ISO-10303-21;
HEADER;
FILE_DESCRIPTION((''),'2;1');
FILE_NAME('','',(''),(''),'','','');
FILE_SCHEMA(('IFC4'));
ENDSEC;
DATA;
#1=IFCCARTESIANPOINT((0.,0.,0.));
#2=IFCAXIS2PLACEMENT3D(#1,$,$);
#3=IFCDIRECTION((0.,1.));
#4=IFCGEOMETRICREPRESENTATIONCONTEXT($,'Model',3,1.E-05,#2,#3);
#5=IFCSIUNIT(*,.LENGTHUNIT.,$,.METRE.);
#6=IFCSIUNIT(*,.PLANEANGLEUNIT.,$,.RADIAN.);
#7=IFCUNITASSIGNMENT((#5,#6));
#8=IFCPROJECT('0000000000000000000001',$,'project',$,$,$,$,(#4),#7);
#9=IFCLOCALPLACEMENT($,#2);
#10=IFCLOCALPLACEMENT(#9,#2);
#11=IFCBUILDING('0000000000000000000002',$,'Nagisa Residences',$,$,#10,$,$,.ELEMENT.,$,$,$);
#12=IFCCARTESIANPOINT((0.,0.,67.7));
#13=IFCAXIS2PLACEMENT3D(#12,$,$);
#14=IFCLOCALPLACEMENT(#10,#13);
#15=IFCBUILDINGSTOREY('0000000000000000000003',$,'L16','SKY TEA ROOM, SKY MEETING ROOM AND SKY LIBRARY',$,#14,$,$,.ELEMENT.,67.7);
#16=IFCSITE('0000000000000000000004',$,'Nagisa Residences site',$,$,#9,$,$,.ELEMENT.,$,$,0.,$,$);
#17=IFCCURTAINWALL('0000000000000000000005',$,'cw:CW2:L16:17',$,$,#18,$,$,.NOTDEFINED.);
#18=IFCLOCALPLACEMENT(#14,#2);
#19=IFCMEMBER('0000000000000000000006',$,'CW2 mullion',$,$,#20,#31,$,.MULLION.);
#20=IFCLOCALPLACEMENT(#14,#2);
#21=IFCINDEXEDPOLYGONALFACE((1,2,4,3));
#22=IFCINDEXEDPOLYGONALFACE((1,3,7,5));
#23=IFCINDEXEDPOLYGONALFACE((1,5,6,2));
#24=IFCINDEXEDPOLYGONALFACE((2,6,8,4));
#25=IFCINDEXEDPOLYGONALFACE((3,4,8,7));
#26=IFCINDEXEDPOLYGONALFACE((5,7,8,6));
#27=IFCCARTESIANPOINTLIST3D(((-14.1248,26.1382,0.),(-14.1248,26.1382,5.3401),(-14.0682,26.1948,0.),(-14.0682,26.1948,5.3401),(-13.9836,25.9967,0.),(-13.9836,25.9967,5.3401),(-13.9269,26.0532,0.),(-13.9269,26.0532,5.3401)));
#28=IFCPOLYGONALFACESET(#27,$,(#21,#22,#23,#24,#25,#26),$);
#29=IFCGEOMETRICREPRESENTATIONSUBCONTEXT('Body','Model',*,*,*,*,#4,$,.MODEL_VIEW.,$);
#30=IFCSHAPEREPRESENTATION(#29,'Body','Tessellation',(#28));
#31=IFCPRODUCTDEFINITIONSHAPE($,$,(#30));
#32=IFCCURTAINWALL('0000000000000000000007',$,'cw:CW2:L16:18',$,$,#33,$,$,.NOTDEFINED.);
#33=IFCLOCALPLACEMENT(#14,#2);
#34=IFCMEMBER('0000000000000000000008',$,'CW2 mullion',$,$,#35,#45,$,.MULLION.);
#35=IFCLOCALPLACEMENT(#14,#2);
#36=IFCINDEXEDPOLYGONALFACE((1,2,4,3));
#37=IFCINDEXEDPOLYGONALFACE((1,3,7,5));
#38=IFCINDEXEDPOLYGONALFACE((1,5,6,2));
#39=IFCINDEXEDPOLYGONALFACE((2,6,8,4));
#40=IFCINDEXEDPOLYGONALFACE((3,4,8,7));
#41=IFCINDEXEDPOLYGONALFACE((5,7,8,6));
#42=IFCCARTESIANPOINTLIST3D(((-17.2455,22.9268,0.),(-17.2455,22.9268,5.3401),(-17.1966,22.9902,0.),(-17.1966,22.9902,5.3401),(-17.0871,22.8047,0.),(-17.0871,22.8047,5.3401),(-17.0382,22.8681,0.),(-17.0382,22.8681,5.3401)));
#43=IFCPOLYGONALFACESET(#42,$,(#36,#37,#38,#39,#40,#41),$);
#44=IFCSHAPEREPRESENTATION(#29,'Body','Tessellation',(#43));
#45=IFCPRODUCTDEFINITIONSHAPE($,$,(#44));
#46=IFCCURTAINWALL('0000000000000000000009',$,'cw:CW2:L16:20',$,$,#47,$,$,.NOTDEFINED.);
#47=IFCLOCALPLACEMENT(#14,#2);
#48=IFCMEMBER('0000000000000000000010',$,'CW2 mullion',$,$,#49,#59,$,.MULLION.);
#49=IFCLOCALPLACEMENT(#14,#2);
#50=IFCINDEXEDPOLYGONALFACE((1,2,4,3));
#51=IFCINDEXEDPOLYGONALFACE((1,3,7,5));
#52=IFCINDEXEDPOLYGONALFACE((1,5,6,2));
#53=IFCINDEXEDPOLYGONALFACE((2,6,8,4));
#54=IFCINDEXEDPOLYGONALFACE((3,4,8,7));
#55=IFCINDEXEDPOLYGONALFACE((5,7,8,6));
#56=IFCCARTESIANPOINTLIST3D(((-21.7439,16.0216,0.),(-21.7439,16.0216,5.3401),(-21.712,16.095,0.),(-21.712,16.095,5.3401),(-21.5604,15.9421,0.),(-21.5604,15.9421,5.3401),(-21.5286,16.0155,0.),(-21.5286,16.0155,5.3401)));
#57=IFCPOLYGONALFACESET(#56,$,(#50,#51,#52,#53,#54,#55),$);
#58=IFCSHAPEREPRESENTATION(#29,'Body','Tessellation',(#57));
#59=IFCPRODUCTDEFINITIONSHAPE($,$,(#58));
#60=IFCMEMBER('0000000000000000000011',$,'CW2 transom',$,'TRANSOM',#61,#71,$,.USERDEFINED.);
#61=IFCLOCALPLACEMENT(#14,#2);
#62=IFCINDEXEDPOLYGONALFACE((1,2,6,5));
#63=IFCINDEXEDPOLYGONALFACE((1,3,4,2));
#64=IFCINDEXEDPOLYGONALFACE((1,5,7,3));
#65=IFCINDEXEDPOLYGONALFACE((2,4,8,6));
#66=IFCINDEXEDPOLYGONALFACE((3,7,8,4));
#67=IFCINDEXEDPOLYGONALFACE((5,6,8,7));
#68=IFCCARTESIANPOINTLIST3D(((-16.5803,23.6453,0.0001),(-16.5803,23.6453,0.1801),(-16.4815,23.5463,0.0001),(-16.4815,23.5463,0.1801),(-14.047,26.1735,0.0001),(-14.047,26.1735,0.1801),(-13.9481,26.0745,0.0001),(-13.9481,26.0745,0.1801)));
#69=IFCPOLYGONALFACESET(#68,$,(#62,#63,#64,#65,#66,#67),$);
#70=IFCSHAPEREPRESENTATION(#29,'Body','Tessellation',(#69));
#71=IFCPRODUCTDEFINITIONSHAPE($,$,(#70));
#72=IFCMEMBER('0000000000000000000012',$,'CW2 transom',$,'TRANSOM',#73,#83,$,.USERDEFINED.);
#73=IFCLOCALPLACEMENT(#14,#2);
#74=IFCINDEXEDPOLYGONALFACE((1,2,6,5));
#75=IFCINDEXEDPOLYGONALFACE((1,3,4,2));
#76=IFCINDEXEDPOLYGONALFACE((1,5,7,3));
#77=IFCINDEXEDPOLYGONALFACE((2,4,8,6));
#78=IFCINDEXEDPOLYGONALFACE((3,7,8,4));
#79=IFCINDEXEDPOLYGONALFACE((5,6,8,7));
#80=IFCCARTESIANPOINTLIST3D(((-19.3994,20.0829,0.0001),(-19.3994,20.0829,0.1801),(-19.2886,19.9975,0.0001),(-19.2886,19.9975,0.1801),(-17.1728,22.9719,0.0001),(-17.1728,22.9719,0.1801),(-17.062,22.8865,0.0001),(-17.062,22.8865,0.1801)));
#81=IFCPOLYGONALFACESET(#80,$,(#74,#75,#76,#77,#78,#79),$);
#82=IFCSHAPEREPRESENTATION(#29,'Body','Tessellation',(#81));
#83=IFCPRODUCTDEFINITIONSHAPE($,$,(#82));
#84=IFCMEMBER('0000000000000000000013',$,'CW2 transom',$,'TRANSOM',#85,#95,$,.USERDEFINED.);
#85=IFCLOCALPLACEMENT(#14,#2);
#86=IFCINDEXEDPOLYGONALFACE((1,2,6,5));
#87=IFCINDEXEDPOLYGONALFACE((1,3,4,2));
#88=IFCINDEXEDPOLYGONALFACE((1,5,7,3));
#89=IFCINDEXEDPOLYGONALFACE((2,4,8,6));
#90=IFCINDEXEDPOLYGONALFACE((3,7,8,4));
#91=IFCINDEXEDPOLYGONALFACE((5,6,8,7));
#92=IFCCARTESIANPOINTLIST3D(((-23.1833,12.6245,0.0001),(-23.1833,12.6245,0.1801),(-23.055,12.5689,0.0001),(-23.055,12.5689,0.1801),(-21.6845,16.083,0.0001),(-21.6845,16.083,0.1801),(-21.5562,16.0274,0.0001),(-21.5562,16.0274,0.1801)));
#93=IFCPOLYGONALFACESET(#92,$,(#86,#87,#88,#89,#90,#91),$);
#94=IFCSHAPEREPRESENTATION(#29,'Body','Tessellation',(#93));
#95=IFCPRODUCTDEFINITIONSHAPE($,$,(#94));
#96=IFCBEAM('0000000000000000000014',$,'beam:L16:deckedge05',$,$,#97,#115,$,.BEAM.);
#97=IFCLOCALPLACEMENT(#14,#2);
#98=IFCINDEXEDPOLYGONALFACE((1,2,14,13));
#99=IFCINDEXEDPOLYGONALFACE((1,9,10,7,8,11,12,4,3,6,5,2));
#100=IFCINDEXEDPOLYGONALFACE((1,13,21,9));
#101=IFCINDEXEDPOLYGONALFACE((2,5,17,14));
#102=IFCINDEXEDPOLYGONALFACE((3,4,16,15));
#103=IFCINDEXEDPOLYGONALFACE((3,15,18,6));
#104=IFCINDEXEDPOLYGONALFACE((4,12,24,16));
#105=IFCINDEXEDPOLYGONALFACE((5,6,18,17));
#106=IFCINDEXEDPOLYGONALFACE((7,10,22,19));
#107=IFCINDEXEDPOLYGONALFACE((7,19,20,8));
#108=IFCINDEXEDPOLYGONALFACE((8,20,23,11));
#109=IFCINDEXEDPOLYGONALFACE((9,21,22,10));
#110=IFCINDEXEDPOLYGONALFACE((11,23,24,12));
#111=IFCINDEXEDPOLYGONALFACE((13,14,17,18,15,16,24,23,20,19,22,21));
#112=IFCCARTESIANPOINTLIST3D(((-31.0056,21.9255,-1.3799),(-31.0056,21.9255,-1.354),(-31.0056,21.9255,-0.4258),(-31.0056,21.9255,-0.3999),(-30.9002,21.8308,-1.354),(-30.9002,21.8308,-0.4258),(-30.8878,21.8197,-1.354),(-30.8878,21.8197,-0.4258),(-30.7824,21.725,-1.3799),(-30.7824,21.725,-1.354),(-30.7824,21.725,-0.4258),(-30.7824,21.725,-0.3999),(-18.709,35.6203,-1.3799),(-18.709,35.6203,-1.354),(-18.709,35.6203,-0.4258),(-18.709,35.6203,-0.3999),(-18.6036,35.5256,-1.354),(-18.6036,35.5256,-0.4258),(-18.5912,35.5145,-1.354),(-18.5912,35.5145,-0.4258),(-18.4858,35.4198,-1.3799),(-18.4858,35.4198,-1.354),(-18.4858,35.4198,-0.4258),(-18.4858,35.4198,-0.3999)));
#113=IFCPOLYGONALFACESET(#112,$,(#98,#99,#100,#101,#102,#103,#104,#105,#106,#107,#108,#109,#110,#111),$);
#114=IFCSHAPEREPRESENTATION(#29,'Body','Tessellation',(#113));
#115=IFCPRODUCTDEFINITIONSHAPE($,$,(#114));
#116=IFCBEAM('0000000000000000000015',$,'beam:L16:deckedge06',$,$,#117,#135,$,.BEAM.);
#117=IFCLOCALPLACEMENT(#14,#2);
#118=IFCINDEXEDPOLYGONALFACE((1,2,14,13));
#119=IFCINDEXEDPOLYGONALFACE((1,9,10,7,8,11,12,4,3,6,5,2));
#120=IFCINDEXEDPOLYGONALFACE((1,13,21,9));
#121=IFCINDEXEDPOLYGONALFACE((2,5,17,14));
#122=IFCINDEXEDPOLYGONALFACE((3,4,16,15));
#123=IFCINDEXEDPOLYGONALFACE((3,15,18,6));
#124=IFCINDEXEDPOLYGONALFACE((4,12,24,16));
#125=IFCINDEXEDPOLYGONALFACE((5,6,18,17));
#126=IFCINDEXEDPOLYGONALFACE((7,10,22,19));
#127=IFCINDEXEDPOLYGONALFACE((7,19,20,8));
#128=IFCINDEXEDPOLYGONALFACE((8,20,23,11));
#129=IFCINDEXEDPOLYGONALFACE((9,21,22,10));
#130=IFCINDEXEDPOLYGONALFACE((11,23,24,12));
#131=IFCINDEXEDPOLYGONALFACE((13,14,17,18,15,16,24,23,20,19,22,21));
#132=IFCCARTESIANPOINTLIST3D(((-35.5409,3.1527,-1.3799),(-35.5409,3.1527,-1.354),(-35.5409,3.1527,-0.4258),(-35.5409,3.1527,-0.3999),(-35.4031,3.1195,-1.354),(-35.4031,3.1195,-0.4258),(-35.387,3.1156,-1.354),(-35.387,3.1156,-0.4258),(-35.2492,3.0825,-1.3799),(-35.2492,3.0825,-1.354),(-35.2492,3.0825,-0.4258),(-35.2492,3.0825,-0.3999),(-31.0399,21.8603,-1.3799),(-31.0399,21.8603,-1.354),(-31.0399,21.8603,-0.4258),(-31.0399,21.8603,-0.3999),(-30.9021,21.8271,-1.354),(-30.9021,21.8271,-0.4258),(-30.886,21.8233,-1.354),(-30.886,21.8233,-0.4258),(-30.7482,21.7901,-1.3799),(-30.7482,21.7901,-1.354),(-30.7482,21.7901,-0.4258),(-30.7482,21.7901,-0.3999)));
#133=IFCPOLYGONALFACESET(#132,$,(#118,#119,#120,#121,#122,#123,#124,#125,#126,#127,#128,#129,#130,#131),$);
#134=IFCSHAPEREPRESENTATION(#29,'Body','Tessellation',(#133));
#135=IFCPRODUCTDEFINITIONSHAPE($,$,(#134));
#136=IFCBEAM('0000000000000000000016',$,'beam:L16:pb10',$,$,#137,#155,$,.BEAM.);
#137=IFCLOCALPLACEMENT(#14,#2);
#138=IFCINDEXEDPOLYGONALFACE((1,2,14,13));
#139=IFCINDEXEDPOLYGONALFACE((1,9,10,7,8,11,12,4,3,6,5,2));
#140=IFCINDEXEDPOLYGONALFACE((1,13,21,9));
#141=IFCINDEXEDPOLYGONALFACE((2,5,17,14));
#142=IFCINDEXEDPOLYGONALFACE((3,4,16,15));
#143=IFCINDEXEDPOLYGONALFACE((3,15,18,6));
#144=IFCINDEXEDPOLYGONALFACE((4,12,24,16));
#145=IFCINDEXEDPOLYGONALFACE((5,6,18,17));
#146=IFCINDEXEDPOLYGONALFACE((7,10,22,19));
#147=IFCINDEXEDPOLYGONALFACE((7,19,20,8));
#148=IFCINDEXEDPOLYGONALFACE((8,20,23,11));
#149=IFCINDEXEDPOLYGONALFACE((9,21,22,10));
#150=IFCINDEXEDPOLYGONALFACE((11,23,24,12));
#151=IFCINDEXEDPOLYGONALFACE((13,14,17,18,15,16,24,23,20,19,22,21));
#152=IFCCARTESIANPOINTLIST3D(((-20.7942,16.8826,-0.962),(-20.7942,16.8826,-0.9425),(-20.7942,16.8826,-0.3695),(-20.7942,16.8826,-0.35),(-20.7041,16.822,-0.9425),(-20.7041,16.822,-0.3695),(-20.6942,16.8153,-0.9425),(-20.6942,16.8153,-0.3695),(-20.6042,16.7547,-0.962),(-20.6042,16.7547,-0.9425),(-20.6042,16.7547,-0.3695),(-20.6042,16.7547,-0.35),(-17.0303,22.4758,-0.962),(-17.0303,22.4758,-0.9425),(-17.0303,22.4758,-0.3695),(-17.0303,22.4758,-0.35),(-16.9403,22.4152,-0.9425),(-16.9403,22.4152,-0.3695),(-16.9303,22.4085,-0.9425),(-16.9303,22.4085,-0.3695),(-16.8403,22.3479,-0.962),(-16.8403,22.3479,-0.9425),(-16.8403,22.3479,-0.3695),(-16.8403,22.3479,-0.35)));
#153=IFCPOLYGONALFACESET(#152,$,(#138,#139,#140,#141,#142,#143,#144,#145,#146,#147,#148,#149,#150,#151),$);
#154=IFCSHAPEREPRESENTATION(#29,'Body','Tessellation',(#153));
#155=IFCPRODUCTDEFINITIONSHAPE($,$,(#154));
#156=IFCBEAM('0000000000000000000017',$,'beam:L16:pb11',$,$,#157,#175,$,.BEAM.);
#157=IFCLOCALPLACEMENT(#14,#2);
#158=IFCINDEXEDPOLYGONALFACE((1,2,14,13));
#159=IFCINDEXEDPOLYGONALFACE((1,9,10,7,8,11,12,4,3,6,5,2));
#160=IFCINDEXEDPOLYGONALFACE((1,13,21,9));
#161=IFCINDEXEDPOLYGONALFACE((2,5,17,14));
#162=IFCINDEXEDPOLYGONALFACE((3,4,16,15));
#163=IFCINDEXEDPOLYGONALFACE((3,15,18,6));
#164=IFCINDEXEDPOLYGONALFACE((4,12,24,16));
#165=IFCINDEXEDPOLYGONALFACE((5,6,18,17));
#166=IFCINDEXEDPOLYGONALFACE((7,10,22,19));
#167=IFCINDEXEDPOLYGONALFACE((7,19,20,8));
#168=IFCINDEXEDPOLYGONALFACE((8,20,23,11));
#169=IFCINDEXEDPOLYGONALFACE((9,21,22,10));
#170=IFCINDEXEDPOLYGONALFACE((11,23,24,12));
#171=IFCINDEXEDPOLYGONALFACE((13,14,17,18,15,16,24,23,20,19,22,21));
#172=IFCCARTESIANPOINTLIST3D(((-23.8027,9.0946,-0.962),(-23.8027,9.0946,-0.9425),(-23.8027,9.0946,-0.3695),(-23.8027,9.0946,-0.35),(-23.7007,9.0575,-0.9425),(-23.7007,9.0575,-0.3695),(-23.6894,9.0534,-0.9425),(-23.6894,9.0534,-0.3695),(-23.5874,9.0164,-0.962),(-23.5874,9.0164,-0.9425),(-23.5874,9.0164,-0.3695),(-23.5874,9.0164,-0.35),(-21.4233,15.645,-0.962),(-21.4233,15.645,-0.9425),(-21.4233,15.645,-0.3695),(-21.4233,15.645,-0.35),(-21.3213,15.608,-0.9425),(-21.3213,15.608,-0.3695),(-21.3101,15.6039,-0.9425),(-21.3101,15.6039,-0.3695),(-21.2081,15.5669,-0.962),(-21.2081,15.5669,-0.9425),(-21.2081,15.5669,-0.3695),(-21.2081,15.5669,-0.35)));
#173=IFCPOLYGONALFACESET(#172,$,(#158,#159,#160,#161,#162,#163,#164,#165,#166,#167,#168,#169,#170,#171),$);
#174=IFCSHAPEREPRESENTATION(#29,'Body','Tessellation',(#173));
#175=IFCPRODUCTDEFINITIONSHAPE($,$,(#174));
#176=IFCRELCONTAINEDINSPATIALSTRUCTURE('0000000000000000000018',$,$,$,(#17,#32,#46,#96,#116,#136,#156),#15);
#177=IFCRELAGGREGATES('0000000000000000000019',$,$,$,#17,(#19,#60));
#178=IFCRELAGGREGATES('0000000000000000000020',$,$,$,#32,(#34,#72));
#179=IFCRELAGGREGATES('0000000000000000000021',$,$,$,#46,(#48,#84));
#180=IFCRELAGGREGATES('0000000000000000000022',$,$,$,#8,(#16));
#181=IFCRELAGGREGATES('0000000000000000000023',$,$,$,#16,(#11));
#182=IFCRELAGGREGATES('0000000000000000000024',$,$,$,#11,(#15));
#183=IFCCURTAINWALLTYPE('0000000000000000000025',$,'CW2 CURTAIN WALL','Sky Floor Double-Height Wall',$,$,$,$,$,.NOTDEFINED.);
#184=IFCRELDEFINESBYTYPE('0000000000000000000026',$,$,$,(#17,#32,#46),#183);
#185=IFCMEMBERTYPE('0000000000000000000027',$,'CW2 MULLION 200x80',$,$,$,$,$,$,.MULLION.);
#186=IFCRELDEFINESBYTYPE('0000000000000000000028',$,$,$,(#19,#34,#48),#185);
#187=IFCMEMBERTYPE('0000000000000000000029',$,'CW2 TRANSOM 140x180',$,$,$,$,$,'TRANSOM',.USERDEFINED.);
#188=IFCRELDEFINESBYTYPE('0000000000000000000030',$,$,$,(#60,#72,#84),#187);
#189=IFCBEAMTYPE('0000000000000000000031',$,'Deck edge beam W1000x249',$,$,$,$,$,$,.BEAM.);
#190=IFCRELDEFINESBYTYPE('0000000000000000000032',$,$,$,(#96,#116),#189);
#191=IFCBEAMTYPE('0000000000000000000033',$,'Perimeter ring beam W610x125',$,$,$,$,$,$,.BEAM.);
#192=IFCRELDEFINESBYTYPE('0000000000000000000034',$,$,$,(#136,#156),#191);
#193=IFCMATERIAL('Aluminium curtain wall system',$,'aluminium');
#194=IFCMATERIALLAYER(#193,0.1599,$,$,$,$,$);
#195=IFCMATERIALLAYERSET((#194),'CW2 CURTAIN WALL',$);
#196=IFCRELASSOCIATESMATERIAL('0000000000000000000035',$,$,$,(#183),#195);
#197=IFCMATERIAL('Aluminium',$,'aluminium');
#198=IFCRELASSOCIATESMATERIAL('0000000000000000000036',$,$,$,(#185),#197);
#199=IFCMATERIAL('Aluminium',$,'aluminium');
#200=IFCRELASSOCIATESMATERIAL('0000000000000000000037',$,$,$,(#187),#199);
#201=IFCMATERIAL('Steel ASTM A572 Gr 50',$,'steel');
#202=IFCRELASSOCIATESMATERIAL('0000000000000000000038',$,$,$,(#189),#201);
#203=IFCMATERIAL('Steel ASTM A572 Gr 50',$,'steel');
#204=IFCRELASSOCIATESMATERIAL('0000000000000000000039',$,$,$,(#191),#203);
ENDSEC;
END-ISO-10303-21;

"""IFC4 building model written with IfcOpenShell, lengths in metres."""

from ifc_helpers import new_model, si_unit, direction, frame, origin, origin_2d, place, context, subcontext, project, spatial, rectangle, i_section, extrude, material, layer, layer_set, material_profile, profile_set, type_object, element, aggregate, save


model = new_model("IFC4")

# Units and contexts
model_context = context("Model", 3, precision=1e-05, world=origin(), true_north=direction((0.0, 1.0)))
body_context = subcontext(model_context, "Body", "Model", "MODEL_VIEW")
ifc_project = project(units=[si_unit("LENGTHUNIT", "METRE"), si_unit("PLANEANGLEUNIT", "RADIAN")], contexts=[model_context])

# Site, building, storey
site_placement = place(None, origin())
site = spatial("IfcSite", under=ifc_project, at=site_placement, Name="Nagisa Residences site", CompositionType="ELEMENT", RefElevation=0.0)
building_placement = place(site_placement, origin())
building = spatial("IfcBuilding", under=site, at=building_placement, Name="Nagisa Residences", CompositionType="ELEMENT")
storey_placement = place(building_placement, frame((0.0, 0.0, 67.7)))
storey = spatial("IfcBuildingStorey", under=building, at=storey_placement, Name="L16", Description="SKY TEA ROOM, SKY MEETING ROOM AND SKY LIBRARY", CompositionType="ELEMENT", Elevation=67.7)

# Curtain walls, members
ifc_material_1 = material(Name="Aluminium curtain wall system", Category="aluminium")
ifc_layer_1 = layer(ifc_material_1, 0.1599)
ifc_layer_set_1 = layer_set([ifc_layer_1], Name="CW2 CURTAIN WALL")
curtain_wall_type = type_object("IfcCurtainWallType", Name="CW2 CURTAIN WALL", Description="Sky Floor Double-Height Wall", PredefinedType="NOTDEFINED", material=ifc_layer_set_1)
curtain_wall_1_placement = place(storey_placement, origin())
curtain_wall_1 = element("IfcCurtainWall", 1, at=curtain_wall_1_placement, inside=storey, type_object=curtain_wall_type, Name="cw:CW2:L16:17", PredefinedType="NOTDEFINED")
ifc_material_2 = material(Name="Aluminium", Category="aluminium")
ifc_material_profile_1 = material_profile(ifc_material_2, rectangle(XDim=0.2, YDim=0.0801, at=origin_2d()), Name="CW2 MULLION 200x80")
ifc_profile_set_1 = profile_set([ifc_material_profile_1], Name="Aluminium")
member_type_1 = type_object("IfcMemberType", Name="CW2 MULLION 200x80", PredefinedType="MULLION", material=ifc_profile_set_1)
member_1_placement = place(storey_placement, frame((-14.0259, 26.0957, 0.0), z_axis=(0.0, 0.0, 1.0), x_axis=(0.706377, -0.707836, 0.0)))
member_1 = element("IfcMember", 2, at=member_1_placement, type_object=member_type_1, Name="CW2 mullion", PredefinedType="MULLION", context=body_context, shape_type="SweptSolid", body=[
    extrude(rectangle(XDim=0.2, YDim=0.0801, at=origin_2d()), origin(), (0.0, 0.0, 1.0), 5.3401),
])
curtain_wall_2_placement = place(storey_placement, origin())
curtain_wall_2 = element("IfcCurtainWall", 3, at=curtain_wall_2_placement, inside=storey, type_object=curtain_wall_type, Name="cw:CW2:L16:18", PredefinedType="NOTDEFINED")
member_2_placement = place(storey_placement, frame((-17.1418, 22.8975, 0.0), z_axis=(0.0, 0.0, 1.0), x_axis=(0.79207, -0.61043, 0.0)))
member_2 = element("IfcMember", 4, at=member_2_placement, type_object=member_type_1, Name="CW2 mullion", PredefinedType="MULLION", context=body_context, shape_type="SweptSolid", body=[
    extrude(rectangle(XDim=0.2, YDim=0.0801, at=origin_2d()), origin(), (0.0, 0.0, 1.0), 5.3401),
])
curtain_wall_3_placement = place(storey_placement, origin())
curtain_wall_3 = element("IfcCurtainWall", 5, at=curtain_wall_3_placement, inside=storey, type_object=curtain_wall_type, Name="cw:CW2:L16:20", PredefinedType="NOTDEFINED")
member_3_placement = place(storey_placement, frame((-21.6362, 16.0186, 0.0), z_axis=(0.0, 0.0, 1.0), x_axis=(0.917543, -0.397636, 0.0)))
member_3 = element("IfcMember", 6, at=member_3_placement, type_object=member_type_1, Name="CW2 mullion", PredefinedType="MULLION", context=body_context, shape_type="SweptSolid", body=[
    extrude(rectangle(XDim=0.2, YDim=0.0801, at=origin_2d()), origin(), (0.0, 0.0, 1.0), 5.3401),
])

# Members
ifc_material_3 = material(Name="Aluminium", Category="aluminium")
ifc_material_profile_2 = material_profile(ifc_material_3, rectangle(XDim=0.1399, YDim=0.1799, at=origin_2d()), Name="CW2 TRANSOM 140x180")
ifc_profile_set_2 = profile_set([ifc_material_profile_2], Name="Aluminium")
member_type_2 = type_object("IfcMemberType", Name="CW2 TRANSOM 140x180", ElementType="TRANSOM", PredefinedType="USERDEFINED", material=ifc_profile_set_2)
member_4_placement = place(storey_placement, frame((-13.9976, 26.124, 0.0901), z_axis=(-0.707823, -0.70639, 0.0), x_axis=(0.70639, -0.707823, 0.0)))
member_4 = element("IfcMember", 7, at=member_4_placement, type_object=member_type_2, Name="CW2 transom", ObjectType="TRANSOM", PredefinedType="USERDEFINED", context=body_context, shape_type="SweptSolid", body=[
    extrude(rectangle(XDim=0.1399, YDim=0.1799, at=origin_2d()), origin(), (0.0, 0.0, 1.0), 3.5791),
])
member_5_placement = place(storey_placement, frame((-17.1174, 22.9292, 0.0901), z_axis=(-0.610454, -0.792051, 0.0), x_axis=(0.792051, -0.610454, 0.0)))
member_5 = element("IfcMember", 8, at=member_5_placement, type_object=member_type_2, Name="CW2 transom", ObjectType="TRANSOM", PredefinedType="USERDEFINED", context=body_context, shape_type="SweptSolid", body=[
    extrude(rectangle(XDim=0.1399, YDim=0.1799, at=origin_2d()), origin(), (0.0, 0.0, 1.0), 3.6475),
])
member_6_placement = place(storey_placement, frame((-21.6204, 16.0552, 0.0901), z_axis=(-0.397629, -0.917546, 0.0), x_axis=(0.917546, -0.397629, 0.0)))
member_6 = element("IfcMember", 9, at=member_6_placement, type_object=member_type_2, Name="CW2 transom", ObjectType="TRANSOM", PredefinedType="USERDEFINED", context=body_context, shape_type="SweptSolid", body=[
    extrude(rectangle(XDim=0.1399, YDim=0.1799, at=origin_2d()), origin(), (0.0, 0.0, 1.0), 3.7693),
])

# Beams
ifc_material_4 = material(Name="Steel ASTM A572 Gr 50", Category="steel")
ifc_material_profile_3 = material_profile(ifc_material_4, i_section(OverallWidth=0.3, OverallDepth=0.98, WebThickness=0.0166, FlangeThickness=0.0259, at=origin_2d()), Name="W1000x249")
ifc_profile_set_3 = profile_set([ifc_material_profile_3], Name="Steel ASTM A572 Gr 50")
beam_type_1 = type_object("IfcBeamType", Name="Deck edge beam W1000x249", PredefinedType="BEAM", material=ifc_profile_set_3)
beam_1_placement = place(storey_placement, frame((-18.5974, 35.52, -0.8899), z_axis=(-0.668102, -0.744069, 0.0), x_axis=(0.744069, -0.668102, 0.0)))
element("IfcBeam", 10, at=beam_1_placement, inside=storey, type_object=beam_type_1, Name="beam:L16:deckedge05", PredefinedType="BEAM", context=body_context, shape_type="SweptSolid", body=[
    extrude(i_section(OverallWidth=0.3, OverallDepth=0.98, WebThickness=0.0166, FlangeThickness=0.0259, at=origin_2d()), origin(), (0.0, 0.0, 1.0), 18.4053),
])
beam_2_placement = place(storey_placement, frame((-30.894, 21.8252, -0.8899), z_axis=(-0.233922, -0.972255, 0.0), x_axis=(0.972255, -0.233922, 0.0)))
element("IfcBeam", 11, at=beam_2_placement, inside=storey, type_object=beam_type_1, Name="beam:L16:deckedge06", PredefinedType="BEAM", context=body_context, shape_type="SweptSolid", body=[
    extrude(i_section(OverallWidth=0.3, OverallDepth=0.98, WebThickness=0.0166, FlangeThickness=0.0259, at=origin_2d()), origin(), (0.0, 0.0, 1.0), 19.2415),
])
ifc_material_5 = material(Name="Steel ASTM A572 Gr 50", Category="steel")
ifc_material_profile_4 = material_profile(ifc_material_5, i_section(OverallWidth=0.229, OverallDepth=0.6121, WebThickness=0.012, FlangeThickness=0.0195, at=origin_2d()), Name="W610x125")
ifc_profile_set_4 = profile_set([ifc_material_profile_4], Name="Steel ASTM A572 Gr 50")
beam_type_2 = type_object("IfcBeamType", Name="Perimeter ring beam W610x125", PredefinedType="BEAM", material=ifc_profile_set_4)
beam_3_placement = place(storey_placement, frame((-16.9353, 22.4119, -0.656), z_axis=(-0.558297, -0.829641, 0.0), x_axis=(0.829641, -0.558297, 0.0)))
element("IfcBeam", 12, at=beam_3_placement, inside=storey, type_object=beam_type_2, Name="beam:L16:pb10", PredefinedType="BEAM", context=body_context, shape_type="SweptSolid", body=[
    extrude(i_section(OverallWidth=0.229, OverallDepth=0.6121, WebThickness=0.012, FlangeThickness=0.0195, at=origin_2d()), origin(), (0.0, 0.0, 1.0), 6.7417),
])
beam_4_placement = place(storey_placement, frame((-21.3157, 15.606, -0.656), z_axis=(-0.341411, -0.939914, 0.0), x_axis=(0.939914, -0.341411, 0.0)))
element("IfcBeam", 13, at=beam_4_placement, inside=storey, type_object=beam_type_2, Name="beam:L16:pb11", PredefinedType="BEAM", context=body_context, shape_type="SweptSolid", body=[
    extrude(i_section(OverallWidth=0.229, OverallDepth=0.6121, WebThickness=0.012, FlangeThickness=0.0195, at=origin_2d()), origin(), (0.0, 0.0, 1.0), 6.9692),
])

aggregate(curtain_wall_1, [member_1, member_4])
aggregate(curtain_wall_2, [member_2, member_5])
aggregate(curtain_wall_3, [member_3, member_6])

save(model, "model.ifc")
